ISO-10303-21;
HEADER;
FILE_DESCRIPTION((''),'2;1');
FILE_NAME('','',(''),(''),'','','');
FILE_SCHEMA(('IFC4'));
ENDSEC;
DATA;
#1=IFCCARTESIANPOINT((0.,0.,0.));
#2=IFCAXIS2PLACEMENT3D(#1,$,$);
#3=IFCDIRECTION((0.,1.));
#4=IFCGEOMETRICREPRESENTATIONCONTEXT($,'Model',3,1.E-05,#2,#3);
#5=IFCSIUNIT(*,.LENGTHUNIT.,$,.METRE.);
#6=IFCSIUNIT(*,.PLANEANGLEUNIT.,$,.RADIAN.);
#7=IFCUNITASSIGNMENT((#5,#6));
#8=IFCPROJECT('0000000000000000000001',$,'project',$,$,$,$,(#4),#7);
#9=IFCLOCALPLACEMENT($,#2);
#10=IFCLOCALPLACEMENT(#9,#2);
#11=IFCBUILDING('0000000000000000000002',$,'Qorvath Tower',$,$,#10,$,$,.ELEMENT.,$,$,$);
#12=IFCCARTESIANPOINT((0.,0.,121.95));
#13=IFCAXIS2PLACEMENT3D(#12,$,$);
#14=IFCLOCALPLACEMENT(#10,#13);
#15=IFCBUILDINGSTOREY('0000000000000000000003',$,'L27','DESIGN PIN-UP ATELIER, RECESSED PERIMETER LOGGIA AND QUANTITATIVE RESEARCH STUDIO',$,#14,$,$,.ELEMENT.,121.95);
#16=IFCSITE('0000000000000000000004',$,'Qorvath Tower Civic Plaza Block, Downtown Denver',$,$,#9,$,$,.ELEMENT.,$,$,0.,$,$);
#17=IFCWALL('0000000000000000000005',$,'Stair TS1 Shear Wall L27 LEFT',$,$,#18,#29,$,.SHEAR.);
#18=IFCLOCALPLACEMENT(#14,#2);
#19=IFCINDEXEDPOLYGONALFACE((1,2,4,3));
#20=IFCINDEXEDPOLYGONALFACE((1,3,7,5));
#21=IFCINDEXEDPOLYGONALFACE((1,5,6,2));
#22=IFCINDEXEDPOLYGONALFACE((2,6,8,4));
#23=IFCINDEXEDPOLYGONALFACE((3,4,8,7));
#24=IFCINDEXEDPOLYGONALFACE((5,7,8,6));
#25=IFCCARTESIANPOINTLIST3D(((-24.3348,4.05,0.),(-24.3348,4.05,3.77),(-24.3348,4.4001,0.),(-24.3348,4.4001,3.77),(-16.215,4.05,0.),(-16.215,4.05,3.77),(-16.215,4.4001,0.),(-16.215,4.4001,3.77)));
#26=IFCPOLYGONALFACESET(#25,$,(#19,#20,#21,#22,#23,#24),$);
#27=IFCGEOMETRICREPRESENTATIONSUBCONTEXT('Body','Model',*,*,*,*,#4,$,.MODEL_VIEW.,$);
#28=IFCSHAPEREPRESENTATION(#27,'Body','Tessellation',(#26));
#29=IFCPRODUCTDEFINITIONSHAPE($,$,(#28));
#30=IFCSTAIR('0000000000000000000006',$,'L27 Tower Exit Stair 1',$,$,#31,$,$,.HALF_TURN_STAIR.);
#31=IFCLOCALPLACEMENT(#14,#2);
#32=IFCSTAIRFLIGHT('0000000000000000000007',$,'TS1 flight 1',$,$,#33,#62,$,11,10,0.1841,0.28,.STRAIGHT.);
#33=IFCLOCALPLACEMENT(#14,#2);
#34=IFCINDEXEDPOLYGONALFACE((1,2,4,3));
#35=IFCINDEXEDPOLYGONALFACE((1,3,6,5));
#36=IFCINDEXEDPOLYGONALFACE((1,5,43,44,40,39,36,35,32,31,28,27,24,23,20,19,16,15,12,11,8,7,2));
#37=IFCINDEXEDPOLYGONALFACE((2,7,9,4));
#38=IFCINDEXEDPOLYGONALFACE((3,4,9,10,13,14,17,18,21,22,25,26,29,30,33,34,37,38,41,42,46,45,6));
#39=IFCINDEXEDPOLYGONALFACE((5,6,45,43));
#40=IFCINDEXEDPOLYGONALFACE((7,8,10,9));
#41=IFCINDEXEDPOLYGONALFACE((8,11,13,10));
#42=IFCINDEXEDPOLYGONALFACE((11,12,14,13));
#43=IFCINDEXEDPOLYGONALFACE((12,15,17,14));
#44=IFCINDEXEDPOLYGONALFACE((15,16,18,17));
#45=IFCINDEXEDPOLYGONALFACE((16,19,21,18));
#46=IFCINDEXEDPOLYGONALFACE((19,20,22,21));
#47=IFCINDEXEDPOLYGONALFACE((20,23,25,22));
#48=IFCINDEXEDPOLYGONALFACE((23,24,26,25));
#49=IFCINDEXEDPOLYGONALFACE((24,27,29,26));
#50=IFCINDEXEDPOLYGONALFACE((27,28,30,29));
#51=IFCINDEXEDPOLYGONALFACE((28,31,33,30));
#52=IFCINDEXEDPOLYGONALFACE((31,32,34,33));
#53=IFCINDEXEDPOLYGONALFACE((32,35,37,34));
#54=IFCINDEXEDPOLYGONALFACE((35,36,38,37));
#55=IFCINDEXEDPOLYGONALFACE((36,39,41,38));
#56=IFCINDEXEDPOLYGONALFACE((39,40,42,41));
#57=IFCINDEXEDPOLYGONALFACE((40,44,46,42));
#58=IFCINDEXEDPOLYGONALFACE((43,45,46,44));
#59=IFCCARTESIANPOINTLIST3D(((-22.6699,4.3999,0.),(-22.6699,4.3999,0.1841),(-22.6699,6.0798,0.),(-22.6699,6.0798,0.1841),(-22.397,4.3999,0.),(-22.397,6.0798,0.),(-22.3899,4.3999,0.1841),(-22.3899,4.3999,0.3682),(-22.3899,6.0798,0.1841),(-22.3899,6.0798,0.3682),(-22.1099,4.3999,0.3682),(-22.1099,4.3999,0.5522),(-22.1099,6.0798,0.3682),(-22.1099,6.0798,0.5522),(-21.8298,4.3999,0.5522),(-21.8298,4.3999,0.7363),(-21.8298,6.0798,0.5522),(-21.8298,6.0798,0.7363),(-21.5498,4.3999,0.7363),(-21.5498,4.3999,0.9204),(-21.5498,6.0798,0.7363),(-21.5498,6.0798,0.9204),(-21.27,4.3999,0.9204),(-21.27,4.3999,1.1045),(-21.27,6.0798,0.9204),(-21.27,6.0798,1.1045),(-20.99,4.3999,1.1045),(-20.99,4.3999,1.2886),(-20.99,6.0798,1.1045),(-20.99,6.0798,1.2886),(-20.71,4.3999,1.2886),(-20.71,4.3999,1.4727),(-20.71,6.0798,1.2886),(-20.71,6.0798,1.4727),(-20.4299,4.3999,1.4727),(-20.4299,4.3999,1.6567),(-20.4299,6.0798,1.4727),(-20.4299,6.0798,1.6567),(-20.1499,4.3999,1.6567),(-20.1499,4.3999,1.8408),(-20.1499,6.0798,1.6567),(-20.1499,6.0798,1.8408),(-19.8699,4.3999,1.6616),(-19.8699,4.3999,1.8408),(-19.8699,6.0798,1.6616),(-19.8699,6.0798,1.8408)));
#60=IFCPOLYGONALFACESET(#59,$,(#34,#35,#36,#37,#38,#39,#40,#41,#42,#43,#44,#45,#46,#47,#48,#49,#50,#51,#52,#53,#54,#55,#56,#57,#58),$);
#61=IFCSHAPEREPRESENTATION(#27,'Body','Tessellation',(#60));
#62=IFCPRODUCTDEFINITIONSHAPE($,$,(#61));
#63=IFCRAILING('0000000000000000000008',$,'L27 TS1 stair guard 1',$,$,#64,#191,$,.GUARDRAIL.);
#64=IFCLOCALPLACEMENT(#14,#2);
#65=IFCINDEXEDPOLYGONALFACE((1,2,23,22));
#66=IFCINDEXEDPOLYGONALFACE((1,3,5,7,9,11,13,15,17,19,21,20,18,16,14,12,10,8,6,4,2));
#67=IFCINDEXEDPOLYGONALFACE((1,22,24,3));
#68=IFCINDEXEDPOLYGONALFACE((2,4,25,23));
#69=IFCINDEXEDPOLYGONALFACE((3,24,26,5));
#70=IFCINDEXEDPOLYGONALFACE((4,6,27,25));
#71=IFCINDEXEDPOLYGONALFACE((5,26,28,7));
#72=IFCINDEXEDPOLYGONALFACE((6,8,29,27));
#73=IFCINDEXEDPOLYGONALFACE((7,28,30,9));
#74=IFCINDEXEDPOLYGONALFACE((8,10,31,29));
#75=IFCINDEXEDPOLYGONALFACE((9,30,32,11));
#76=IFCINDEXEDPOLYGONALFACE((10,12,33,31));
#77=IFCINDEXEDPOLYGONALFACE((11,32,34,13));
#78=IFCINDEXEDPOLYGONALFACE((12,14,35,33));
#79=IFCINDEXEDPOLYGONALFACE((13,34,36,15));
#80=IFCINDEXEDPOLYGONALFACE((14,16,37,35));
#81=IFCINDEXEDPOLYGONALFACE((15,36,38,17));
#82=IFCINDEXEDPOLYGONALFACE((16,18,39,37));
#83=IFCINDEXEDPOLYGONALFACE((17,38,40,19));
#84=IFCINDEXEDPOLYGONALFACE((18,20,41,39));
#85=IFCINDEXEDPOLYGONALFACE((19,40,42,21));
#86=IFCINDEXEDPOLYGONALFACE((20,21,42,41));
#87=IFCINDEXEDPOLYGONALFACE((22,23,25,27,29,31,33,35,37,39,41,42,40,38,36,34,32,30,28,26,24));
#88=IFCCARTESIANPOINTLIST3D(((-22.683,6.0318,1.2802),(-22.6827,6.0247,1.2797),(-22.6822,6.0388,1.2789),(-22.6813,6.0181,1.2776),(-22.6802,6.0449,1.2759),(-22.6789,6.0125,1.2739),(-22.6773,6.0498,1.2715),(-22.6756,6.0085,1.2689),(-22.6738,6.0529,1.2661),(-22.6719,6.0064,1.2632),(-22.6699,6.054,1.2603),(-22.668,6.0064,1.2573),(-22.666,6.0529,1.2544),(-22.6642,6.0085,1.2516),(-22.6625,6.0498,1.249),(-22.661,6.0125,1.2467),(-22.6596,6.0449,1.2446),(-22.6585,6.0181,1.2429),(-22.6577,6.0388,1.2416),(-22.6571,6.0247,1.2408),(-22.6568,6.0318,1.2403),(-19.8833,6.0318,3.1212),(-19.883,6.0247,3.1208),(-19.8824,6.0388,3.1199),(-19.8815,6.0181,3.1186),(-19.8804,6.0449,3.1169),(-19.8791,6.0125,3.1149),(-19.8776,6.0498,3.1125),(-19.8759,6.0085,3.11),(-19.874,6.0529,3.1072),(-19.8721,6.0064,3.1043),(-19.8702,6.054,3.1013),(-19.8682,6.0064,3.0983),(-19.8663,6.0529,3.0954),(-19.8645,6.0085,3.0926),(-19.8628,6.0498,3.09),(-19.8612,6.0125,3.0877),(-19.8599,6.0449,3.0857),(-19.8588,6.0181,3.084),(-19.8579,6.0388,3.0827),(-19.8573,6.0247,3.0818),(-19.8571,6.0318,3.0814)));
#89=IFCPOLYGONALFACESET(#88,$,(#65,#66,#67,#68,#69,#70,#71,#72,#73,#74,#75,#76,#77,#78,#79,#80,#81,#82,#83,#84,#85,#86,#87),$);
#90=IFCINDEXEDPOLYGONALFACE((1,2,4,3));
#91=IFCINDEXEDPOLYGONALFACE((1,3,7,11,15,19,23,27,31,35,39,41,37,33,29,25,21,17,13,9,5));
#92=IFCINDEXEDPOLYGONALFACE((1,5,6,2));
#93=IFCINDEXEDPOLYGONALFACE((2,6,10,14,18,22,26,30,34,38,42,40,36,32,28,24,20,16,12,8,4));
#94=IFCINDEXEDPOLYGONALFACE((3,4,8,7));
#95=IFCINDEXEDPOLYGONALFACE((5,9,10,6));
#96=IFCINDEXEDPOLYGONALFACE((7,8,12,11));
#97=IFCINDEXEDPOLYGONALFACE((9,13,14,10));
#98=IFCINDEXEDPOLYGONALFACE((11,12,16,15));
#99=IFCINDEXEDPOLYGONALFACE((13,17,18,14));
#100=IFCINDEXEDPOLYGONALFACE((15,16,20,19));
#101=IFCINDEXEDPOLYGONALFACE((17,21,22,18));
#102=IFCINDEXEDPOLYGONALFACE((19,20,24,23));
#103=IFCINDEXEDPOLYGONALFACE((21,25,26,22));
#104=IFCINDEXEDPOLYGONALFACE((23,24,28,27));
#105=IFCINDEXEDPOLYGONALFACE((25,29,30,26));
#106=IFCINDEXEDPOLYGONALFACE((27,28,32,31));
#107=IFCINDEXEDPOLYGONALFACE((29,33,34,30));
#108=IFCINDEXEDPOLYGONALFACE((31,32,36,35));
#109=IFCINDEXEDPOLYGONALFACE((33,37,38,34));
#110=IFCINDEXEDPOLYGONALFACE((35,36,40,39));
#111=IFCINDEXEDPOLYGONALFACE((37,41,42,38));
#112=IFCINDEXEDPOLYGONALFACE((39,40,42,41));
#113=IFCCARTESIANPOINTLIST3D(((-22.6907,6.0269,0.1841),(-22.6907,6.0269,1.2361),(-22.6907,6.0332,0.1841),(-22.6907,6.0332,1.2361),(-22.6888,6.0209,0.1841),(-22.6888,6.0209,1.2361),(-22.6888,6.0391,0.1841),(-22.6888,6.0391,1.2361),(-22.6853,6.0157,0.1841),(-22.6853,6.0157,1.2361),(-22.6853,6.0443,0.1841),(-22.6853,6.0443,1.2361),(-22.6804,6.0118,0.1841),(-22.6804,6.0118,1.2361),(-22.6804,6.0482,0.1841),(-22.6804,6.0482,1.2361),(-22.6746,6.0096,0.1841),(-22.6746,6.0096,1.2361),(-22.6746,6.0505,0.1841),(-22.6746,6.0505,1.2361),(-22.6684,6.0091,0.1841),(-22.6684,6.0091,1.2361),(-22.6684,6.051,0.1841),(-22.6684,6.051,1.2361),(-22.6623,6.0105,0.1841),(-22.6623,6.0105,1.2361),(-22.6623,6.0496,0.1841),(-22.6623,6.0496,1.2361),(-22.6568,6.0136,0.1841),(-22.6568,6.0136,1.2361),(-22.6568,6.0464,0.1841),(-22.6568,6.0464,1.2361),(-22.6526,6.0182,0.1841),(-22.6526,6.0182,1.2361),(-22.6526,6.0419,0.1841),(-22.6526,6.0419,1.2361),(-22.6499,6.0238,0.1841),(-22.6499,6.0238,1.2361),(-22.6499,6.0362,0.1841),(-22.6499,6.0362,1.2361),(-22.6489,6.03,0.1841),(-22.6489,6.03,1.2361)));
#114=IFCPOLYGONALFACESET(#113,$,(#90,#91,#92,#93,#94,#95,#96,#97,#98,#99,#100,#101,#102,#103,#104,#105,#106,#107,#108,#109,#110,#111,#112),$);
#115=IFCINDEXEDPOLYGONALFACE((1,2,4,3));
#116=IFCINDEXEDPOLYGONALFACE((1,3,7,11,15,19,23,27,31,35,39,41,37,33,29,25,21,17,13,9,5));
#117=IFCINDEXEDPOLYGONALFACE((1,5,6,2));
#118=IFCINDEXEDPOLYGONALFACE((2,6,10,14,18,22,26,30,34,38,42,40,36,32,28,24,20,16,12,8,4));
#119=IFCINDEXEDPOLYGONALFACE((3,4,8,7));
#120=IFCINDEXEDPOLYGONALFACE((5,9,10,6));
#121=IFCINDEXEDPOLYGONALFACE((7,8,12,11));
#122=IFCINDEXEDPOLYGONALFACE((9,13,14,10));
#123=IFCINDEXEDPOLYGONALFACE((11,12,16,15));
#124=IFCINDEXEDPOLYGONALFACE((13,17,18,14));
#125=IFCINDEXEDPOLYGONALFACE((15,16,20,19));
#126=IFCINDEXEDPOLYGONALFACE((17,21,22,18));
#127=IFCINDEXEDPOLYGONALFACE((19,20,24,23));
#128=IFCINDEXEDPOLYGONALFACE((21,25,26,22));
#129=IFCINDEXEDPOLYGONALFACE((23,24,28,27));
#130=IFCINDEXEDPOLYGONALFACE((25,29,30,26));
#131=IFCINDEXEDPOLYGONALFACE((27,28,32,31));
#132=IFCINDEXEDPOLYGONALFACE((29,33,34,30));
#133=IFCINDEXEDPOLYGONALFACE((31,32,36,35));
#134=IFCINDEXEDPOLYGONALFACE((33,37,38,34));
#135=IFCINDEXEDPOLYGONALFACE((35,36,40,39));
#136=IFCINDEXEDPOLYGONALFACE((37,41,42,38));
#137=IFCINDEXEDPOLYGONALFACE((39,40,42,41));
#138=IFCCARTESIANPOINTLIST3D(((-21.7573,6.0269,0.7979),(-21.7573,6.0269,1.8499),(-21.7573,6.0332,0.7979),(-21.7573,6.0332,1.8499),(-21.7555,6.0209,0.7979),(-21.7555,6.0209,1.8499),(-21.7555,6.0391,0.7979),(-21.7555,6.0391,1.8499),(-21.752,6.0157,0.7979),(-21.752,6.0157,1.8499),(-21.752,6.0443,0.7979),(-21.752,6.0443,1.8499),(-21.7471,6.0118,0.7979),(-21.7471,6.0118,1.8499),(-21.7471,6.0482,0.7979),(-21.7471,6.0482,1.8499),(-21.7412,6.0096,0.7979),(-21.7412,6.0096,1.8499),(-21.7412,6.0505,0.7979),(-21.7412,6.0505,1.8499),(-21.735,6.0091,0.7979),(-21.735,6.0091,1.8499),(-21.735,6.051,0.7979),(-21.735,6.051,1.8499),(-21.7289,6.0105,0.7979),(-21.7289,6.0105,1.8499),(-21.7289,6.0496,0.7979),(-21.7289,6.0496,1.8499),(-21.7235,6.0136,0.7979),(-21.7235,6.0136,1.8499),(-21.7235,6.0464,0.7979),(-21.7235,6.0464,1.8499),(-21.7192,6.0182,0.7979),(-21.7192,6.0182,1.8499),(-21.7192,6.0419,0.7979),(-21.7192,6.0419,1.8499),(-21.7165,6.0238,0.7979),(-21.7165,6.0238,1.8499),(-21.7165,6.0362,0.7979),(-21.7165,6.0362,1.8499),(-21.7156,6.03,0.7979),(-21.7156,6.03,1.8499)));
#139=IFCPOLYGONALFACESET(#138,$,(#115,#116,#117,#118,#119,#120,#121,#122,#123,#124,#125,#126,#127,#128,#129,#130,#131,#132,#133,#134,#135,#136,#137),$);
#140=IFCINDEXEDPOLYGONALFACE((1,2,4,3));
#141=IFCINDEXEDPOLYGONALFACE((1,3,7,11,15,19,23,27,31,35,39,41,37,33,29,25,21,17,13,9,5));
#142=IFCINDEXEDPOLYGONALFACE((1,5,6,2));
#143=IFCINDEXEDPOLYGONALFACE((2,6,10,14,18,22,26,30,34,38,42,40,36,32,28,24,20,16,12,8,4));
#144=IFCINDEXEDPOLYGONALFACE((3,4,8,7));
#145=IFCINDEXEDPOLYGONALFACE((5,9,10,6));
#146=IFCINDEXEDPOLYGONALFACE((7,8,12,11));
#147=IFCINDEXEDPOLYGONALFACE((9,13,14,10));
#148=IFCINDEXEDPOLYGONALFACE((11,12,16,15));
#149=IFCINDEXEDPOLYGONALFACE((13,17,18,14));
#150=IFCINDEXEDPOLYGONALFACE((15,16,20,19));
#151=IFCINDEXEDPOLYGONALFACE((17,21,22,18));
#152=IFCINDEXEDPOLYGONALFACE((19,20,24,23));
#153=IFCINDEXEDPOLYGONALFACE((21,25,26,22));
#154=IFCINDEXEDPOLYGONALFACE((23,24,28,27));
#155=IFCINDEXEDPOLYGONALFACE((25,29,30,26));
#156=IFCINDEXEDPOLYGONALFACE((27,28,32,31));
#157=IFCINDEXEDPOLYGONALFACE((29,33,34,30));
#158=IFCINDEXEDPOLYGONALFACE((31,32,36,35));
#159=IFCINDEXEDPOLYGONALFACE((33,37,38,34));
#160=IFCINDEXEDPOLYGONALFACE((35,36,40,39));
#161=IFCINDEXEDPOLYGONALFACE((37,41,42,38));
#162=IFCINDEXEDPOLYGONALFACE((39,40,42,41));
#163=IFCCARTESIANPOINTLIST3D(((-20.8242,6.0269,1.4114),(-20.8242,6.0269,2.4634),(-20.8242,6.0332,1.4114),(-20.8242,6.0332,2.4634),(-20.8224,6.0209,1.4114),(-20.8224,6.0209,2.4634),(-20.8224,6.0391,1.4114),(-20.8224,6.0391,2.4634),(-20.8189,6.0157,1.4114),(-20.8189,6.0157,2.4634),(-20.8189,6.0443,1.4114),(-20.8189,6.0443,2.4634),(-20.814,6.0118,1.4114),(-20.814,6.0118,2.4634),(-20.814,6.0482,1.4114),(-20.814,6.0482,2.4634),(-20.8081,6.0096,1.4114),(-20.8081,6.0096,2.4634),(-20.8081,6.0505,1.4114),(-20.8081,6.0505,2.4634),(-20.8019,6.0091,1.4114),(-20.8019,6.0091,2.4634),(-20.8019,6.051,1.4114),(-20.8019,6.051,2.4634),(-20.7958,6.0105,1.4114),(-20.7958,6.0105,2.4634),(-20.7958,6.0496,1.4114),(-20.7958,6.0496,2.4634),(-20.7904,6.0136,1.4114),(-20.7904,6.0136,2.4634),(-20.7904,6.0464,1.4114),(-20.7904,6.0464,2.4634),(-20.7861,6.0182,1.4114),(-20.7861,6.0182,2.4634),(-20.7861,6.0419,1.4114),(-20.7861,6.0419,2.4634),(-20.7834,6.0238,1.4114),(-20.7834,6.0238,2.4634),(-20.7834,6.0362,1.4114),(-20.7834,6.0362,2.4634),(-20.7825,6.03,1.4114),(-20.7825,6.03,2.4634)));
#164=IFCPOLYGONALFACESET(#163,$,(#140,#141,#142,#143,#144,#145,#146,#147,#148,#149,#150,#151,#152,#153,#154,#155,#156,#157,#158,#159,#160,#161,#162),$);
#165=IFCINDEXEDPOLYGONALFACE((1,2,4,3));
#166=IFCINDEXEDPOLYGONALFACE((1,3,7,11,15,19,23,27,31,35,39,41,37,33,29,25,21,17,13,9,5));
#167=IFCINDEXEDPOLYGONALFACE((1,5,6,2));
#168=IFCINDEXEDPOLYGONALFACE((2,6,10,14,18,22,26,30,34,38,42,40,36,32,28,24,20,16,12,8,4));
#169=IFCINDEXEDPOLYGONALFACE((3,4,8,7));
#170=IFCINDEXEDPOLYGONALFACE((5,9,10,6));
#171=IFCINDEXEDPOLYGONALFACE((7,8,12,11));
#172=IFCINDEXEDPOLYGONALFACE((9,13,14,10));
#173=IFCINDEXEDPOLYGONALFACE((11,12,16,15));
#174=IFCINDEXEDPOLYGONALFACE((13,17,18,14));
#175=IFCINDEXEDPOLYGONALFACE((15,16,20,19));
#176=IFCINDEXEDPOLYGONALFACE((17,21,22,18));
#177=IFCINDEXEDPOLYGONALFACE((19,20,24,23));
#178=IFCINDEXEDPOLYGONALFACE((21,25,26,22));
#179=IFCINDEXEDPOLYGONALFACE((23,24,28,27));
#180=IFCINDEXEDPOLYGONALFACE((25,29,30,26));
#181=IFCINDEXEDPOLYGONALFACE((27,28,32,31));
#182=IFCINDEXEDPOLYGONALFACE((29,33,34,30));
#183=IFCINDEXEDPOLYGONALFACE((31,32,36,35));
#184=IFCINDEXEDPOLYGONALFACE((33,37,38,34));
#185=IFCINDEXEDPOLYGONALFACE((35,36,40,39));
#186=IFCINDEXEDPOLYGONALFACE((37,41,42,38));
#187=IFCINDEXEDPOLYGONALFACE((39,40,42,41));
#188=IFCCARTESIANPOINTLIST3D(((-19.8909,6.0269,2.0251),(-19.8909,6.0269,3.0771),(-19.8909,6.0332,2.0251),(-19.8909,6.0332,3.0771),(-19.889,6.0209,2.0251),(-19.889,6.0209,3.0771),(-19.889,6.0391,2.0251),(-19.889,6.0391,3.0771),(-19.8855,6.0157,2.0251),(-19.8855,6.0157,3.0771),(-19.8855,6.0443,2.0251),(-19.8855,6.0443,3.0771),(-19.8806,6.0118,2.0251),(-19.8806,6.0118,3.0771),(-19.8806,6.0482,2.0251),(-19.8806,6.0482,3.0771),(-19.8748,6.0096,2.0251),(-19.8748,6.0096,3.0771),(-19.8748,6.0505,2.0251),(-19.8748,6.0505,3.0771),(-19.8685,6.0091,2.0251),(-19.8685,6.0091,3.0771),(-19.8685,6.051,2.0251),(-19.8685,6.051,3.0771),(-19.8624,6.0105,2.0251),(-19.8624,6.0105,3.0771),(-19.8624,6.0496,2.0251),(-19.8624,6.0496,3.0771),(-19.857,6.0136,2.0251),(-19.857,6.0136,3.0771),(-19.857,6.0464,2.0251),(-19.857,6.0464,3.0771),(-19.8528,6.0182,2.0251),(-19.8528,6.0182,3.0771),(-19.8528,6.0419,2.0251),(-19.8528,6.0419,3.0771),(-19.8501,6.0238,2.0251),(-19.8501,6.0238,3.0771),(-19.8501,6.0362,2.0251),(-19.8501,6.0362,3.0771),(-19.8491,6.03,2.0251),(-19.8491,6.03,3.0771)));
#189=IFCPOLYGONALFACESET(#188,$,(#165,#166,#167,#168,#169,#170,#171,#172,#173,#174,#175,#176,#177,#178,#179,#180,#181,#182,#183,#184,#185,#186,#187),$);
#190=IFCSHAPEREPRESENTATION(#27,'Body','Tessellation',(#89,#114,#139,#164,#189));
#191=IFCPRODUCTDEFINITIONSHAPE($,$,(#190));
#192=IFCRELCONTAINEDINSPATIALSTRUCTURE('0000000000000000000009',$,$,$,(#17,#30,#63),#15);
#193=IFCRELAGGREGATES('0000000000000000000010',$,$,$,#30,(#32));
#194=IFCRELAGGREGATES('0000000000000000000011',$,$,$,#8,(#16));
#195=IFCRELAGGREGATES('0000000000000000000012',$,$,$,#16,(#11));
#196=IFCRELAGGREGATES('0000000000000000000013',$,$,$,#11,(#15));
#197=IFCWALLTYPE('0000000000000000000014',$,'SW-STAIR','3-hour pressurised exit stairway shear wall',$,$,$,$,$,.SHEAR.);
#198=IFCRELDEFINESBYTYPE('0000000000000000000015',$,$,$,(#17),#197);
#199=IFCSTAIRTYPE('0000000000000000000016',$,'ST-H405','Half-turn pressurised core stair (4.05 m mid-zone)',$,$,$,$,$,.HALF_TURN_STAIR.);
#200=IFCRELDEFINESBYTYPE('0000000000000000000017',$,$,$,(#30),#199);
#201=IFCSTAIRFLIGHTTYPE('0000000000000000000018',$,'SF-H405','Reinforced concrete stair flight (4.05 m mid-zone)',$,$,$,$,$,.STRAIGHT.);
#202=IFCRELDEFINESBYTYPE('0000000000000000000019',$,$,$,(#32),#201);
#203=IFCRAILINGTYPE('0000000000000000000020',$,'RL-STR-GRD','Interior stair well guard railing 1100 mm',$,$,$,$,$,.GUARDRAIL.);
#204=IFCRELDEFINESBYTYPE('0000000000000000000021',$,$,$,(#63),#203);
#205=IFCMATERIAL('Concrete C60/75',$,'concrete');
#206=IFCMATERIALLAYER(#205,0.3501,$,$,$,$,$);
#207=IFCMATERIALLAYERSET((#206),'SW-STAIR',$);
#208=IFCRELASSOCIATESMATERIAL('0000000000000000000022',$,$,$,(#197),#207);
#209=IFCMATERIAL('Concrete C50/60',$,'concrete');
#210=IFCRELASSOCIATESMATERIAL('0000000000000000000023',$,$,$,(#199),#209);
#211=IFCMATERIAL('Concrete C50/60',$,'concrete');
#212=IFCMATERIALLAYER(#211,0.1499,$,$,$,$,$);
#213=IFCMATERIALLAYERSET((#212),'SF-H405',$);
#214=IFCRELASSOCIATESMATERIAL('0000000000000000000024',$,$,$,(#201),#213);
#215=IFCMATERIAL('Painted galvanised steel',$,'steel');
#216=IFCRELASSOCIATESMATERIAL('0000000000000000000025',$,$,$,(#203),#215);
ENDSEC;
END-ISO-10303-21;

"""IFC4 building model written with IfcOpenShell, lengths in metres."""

from ifc_helpers import new_model, si_unit, direction, frame, frame_2d, origin, origin_2d, place, context, subcontext, project, spatial, polyline, rectangle, circle, outline, extrude, material, layer, layer_set, type_object, element, aggregate, save


model = new_model("IFC4")

# Units and contexts
model_context = context("Model", 3, precision=1e-05, world=origin(), true_north=direction((0.0, 1.0)))
body_context = subcontext(model_context, "Body", "Model", "MODEL_VIEW")
ifc_project = project(units=[si_unit("LENGTHUNIT", "METRE"), si_unit("PLANEANGLEUNIT", "RADIAN")], contexts=[model_context])

# Site, building, storey
site_placement = place(None, origin())
site = spatial("IfcSite", under=ifc_project, at=site_placement, Name="Qorvath Tower Civic Plaza Block, Downtown Denver", CompositionType="ELEMENT", RefElevation=0.0)
building_placement = place(site_placement, origin())
building = spatial("IfcBuilding", under=site, at=building_placement, Name="Qorvath Tower", CompositionType="ELEMENT")
storey_placement = place(building_placement, frame((0.0, 0.0, 121.95)))
storey = spatial("IfcBuildingStorey", under=building, at=storey_placement, Name="L27", Description="DESIGN PIN-UP ATELIER, RECESSED PERIMETER LOGGIA AND QUANTITATIVE RESEARCH STUDIO", CompositionType="ELEMENT", Elevation=121.95)

# Wall
ifc_material_1 = material(Name="Concrete C60/75", Category="concrete")
ifc_layer_1 = layer(ifc_material_1, 0.3501)
ifc_layer_set_1 = layer_set([ifc_layer_1], Name="SW-STAIR")
wall_type_1 = type_object("IfcWallType", Name="SW-STAIR", Description="3-hour pressurised exit stairway shear wall", PredefinedType="SHEAR", material=ifc_layer_set_1)
wall_1_placement = place(storey_placement, frame((-24.335, 4.2251, 0.0), z_axis=(0.0, 0.0, 1.0), x_axis=(1.0, 0.0, 0.0)))
element("IfcWall", 1, at=wall_1_placement, inside=storey, type_object=wall_type_1, Name="Stair TS1 Shear Wall L27 LEFT", PredefinedType="SHEAR", context=body_context, shape_type="SweptSolid", body=[
    extrude(rectangle(XDim=8.1199, YDim=0.3501, at=frame_2d((4.0601, 0.0))), origin(), (0.0, 0.0, 1.0), 3.77),
])

# Stair, stair flight
ifc_material_2 = material(Name="Concrete C50/60", Category="concrete")
stair_type = type_object("IfcStairType", Name="ST-H405", Description="Half-turn pressurised core stair (4.05 m mid-zone)", PredefinedType="HALF_TURN_STAIR", material=ifc_material_2)
stair_placement = place(storey_placement, origin())
stair = element("IfcStair", 2, at=stair_placement, inside=storey, type_object=stair_type, Name="L27 Tower Exit Stair 1", PredefinedType="HALF_TURN_STAIR")
ifc_material_3 = material(Name="Concrete C50/60", Category="concrete")
ifc_layer_2 = layer(ifc_material_3, 0.1499)
ifc_layer_set_2 = layer_set([ifc_layer_2], Name="SF-H405")
stair_flight_type = type_object("IfcStairFlightType", Name="SF-H405", Description="Reinforced concrete stair flight (4.05 m mid-zone)", PredefinedType="STRAIGHT", material=ifc_layer_set_2)
stair_flight_placement = place(storey_placement, frame((-22.6699, 5.24, 0.0), z_axis=(0.0, 0.0, 1.0), x_axis=(1.0, 0.0, 0.0)))
stair_flight = element("IfcStairFlight", 3, at=stair_flight_placement, type_object=stair_flight_type, Name="TS1 flight 1", NumberOfRisers=11, NumberOfTreads=10, PredefinedType="STRAIGHT", RiserHeight=0.1841, TreadLength=0.28, context=body_context, shape_type="SweptSolid", body=[
    extrude(outline(polyline([(0.0, 0.0), (0.0, 0.1841), (0.28, 0.1841), (0.28, 0.3682), (0.5601, 0.3682), (0.5601, 0.5522), (0.8401, 0.5522), (0.8401, 0.7363), (1.1201, 0.7363), (1.1201, 0.9204), (1.3999, 0.9204), (1.3999, 1.1045), (1.6799, 1.1045), (1.6799, 1.2886), (1.96, 1.2886), (1.96, 1.4727), (2.24, 1.4727), (2.24, 1.6567), (2.52, 1.6567), (2.52, 1.8408), (2.8, 1.8408), (2.8, 2.0249), (2.8, 1.6616), (0.2729, 0.0), (0.0, 0.0)])), frame((0.0, 0.8398, 0.0), z_axis=(0.0, -1.0, 0.0), x_axis=(1.0, 0.0, 0.0)), (0.0, 0.0, 1.0), 1.6799),
])
aggregate(stair, [stair_flight])

# Railing
ifc_material_4 = material(Name="Painted galvanised steel", Category="steel")
railing_type_1 = type_object("IfcRailingType", Name="RL-STR-GRD", Description="Interior stair well guard railing 1100 mm", PredefinedType="GUARDRAIL", material=ifc_material_4)
railing_1_placement = place(storey_placement, frame((-22.6699, 6.03, 0.1841)))
element("IfcRailing", 4, at=railing_1_placement, inside=storey, type_object=railing_type_1, Name="L27 TS1 stair guard 1", PredefinedType="GUARDRAIL", context=body_context, shape_type="SweptSolid", body=[
    extrude(circle(Radius=0.0239, at=origin_2d()), frame((0.0, 0.0, 1.0762), z_axis=(0.835542, 0.0, 0.549426), x_axis=(0.0, 1.0, 0.0)), (0.0, 0.0, 1.0), 3.3508),
    extrude(circle(Radius=0.021, at=origin_2d()), origin(), (0.0, 0.0, 1.0), 1.052),
    extrude(circle(Radius=0.021, at=origin_2d()), frame((0.9333, 0.0, 0.6138)), (0.0, 0.0, 1.0), 1.052),
    extrude(circle(Radius=0.021, at=origin_2d()), frame((1.8665, 0.0, 1.2273)), (0.0, 0.0, 1.0), 1.052),
    extrude(circle(Radius=0.021, at=origin_2d()), frame((2.7998, 0.0, 1.8411)), (0.0, 0.0, 1.0), 1.052),
])

save(model, "model.ifc")
